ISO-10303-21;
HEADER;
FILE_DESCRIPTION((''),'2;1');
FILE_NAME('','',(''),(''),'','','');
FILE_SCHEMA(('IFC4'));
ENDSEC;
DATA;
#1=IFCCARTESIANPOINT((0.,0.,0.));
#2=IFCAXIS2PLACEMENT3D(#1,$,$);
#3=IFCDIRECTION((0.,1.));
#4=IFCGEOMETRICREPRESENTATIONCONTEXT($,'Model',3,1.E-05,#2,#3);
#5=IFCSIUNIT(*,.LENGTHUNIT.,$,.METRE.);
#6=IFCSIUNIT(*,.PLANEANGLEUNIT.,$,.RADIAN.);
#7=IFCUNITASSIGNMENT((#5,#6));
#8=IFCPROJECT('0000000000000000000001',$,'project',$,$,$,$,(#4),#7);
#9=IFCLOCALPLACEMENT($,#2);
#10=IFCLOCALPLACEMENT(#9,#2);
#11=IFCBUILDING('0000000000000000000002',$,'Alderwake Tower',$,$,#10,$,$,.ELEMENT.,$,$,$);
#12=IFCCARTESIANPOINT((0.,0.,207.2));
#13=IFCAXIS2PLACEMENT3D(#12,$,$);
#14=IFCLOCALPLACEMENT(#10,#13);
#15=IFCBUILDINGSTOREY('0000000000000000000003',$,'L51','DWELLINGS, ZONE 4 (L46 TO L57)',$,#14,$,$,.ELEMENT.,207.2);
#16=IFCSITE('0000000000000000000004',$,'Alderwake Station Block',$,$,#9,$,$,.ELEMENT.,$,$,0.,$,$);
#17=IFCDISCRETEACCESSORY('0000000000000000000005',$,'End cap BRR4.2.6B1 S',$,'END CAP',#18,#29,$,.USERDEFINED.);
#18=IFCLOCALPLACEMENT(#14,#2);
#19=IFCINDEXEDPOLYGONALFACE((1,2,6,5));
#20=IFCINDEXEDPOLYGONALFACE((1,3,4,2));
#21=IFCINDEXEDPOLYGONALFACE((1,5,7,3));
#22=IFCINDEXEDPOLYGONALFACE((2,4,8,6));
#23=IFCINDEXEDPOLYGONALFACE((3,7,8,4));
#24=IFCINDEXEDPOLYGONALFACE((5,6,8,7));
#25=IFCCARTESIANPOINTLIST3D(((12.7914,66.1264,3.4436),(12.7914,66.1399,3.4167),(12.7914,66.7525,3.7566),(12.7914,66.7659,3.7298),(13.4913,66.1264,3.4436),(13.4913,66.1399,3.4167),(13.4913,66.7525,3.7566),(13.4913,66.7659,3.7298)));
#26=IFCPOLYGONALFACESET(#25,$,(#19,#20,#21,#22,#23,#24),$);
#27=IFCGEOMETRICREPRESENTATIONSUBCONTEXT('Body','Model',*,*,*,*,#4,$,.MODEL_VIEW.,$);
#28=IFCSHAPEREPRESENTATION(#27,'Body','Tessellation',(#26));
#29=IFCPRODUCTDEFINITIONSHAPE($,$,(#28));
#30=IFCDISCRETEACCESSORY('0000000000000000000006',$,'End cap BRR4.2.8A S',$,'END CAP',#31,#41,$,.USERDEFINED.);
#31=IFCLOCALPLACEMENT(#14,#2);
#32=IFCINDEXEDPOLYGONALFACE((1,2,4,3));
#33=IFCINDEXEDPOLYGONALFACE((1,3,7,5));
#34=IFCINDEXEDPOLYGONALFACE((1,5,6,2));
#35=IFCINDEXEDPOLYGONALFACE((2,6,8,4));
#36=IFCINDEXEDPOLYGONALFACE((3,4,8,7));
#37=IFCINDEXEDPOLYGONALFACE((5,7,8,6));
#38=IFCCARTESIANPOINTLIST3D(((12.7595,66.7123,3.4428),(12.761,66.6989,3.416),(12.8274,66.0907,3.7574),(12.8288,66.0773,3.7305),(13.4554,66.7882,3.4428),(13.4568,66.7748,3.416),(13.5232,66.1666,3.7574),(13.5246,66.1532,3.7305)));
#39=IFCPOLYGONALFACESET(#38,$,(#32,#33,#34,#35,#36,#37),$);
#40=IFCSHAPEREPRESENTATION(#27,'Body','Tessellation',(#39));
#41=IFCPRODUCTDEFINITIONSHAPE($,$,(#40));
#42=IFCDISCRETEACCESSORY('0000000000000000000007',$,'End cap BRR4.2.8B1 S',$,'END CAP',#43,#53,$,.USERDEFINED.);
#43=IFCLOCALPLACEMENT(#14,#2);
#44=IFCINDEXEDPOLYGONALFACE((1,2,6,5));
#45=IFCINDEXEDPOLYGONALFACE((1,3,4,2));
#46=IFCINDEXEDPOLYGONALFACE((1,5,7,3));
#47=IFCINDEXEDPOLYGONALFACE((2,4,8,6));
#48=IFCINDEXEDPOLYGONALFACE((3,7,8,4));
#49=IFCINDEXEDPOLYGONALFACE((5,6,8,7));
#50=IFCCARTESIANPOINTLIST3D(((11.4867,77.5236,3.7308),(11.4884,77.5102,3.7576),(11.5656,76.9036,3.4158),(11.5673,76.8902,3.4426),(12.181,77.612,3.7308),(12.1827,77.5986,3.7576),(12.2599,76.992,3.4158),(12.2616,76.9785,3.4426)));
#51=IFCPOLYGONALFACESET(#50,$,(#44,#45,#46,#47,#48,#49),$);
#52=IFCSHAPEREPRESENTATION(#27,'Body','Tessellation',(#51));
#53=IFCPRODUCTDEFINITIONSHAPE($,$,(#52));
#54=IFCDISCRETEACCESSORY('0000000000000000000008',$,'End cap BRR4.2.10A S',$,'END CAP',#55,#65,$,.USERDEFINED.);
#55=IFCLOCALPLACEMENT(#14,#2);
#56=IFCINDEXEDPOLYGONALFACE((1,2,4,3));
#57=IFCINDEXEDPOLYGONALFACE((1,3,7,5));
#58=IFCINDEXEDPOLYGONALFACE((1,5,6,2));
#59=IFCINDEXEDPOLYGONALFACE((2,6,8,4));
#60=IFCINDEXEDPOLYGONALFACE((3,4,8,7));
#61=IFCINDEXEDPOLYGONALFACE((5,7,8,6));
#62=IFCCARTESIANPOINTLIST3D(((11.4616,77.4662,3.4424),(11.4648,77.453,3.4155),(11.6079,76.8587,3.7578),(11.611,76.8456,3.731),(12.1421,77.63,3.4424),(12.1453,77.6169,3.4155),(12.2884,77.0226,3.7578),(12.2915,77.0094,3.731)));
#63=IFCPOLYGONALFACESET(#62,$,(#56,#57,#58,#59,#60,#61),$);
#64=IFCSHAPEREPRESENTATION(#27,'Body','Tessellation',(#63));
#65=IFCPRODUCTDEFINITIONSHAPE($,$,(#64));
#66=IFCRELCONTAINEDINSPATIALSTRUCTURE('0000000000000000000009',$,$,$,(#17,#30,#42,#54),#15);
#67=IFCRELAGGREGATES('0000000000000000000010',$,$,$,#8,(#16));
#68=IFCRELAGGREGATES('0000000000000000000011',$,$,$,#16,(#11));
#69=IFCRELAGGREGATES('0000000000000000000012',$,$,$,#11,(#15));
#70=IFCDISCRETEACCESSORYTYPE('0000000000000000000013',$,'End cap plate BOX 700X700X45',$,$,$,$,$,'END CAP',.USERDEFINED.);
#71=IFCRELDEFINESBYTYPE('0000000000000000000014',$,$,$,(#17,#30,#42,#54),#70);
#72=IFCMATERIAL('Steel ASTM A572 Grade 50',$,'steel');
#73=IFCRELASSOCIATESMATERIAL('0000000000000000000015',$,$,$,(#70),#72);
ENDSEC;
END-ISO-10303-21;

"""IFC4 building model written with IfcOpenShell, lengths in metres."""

from ifc_helpers import new_model, si_unit, direction, frame, origin, origin_2d, place, context, subcontext, project, spatial, rectangle, extrude, material, material_profile, profile_set, type_object, element, save


model = new_model("IFC4")

# Units and contexts
model_context = context("Model", 3, precision=1e-05, world=origin(), true_north=direction((0.0, 1.0)))
body_context = subcontext(model_context, "Body", "Model", "MODEL_VIEW")
ifc_project = project(units=[si_unit("LENGTHUNIT", "METRE"), si_unit("PLANEANGLEUNIT", "RADIAN")], contexts=[model_context])

# Site, building, storey
site_placement = place(None, origin())
site = spatial("IfcSite", under=ifc_project, at=site_placement, Name="Alderwake Station Block", CompositionType="ELEMENT", RefElevation=0.0)
building_placement = place(site_placement, origin())
building = spatial("IfcBuilding", under=site, at=building_placement, Name="Alderwake Tower", CompositionType="ELEMENT")
storey_placement = place(building_placement, frame((0.0, 0.0, 207.2)))
storey = spatial("IfcBuildingStorey", under=building, at=storey_placement, Name="L51", Description="DWELLINGS, ZONE 4 (L46 TO L57)", CompositionType="ELEMENT", Elevation=207.2)

# Discrete accessories
ifc_material_1 = material(Name="Steel ASTM A572 Grade 50", Category="steel")
ifc_material_profile = material_profile(ifc_material_1, rectangle(XDim=0.7, YDim=0.7, at=origin_2d()), Name="BOX 700X700X45 cap")
ifc_profile_set = profile_set([ifc_material_profile], Name="Steel ASTM A572 Grade 50")
discrete_accessory_type = type_object("IfcDiscreteAccessoryType", Name="End cap plate BOX 700X700X45", ElementType="END CAP", PredefinedType="USERDEFINED", material=ifc_profile_set)
for number, where, z_axis, x_axis, name in (
    (1, (13.1414, 66.4395, 3.6001), (0.0, 0.447214, -0.894427), (-1.0, 0.0, 0.0), "End cap BRR4.2.6B1 S"),
    (2, (13.1414, 66.4395, 3.6001), (0.048729, -0.446682, -0.893365), (0.994102, 0.108448, 0.0), "End cap BRR4.2.8A S"),
    (3, (11.875, 77.2444, 3.6001), (-0.056826, 0.446491, -0.892982), (-0.991998, -0.126254, 0.0), "End cap BRR4.2.8B1 S"),
    (4, (11.875, 77.2444, 3.6001), (0.105496, -0.438214, -0.892658), (0.972224, 0.234054, 0.0), "End cap BRR4.2.10A S"),
):
    element("IfcDiscreteAccessory", number, at=place(storey_placement, frame(where, z_axis=z_axis, x_axis=x_axis)), inside=storey, type_object=discrete_accessory_type, Name=name, ObjectType="END CAP", PredefinedType="USERDEFINED", context=body_context, shape_type="SweptSolid", body=[
        extrude(rectangle(XDim=0.7, YDim=0.7, at=origin_2d()), origin(), (0.0, 0.0, 1.0), 0.03),
    ])

save(model, "model.ifc")
